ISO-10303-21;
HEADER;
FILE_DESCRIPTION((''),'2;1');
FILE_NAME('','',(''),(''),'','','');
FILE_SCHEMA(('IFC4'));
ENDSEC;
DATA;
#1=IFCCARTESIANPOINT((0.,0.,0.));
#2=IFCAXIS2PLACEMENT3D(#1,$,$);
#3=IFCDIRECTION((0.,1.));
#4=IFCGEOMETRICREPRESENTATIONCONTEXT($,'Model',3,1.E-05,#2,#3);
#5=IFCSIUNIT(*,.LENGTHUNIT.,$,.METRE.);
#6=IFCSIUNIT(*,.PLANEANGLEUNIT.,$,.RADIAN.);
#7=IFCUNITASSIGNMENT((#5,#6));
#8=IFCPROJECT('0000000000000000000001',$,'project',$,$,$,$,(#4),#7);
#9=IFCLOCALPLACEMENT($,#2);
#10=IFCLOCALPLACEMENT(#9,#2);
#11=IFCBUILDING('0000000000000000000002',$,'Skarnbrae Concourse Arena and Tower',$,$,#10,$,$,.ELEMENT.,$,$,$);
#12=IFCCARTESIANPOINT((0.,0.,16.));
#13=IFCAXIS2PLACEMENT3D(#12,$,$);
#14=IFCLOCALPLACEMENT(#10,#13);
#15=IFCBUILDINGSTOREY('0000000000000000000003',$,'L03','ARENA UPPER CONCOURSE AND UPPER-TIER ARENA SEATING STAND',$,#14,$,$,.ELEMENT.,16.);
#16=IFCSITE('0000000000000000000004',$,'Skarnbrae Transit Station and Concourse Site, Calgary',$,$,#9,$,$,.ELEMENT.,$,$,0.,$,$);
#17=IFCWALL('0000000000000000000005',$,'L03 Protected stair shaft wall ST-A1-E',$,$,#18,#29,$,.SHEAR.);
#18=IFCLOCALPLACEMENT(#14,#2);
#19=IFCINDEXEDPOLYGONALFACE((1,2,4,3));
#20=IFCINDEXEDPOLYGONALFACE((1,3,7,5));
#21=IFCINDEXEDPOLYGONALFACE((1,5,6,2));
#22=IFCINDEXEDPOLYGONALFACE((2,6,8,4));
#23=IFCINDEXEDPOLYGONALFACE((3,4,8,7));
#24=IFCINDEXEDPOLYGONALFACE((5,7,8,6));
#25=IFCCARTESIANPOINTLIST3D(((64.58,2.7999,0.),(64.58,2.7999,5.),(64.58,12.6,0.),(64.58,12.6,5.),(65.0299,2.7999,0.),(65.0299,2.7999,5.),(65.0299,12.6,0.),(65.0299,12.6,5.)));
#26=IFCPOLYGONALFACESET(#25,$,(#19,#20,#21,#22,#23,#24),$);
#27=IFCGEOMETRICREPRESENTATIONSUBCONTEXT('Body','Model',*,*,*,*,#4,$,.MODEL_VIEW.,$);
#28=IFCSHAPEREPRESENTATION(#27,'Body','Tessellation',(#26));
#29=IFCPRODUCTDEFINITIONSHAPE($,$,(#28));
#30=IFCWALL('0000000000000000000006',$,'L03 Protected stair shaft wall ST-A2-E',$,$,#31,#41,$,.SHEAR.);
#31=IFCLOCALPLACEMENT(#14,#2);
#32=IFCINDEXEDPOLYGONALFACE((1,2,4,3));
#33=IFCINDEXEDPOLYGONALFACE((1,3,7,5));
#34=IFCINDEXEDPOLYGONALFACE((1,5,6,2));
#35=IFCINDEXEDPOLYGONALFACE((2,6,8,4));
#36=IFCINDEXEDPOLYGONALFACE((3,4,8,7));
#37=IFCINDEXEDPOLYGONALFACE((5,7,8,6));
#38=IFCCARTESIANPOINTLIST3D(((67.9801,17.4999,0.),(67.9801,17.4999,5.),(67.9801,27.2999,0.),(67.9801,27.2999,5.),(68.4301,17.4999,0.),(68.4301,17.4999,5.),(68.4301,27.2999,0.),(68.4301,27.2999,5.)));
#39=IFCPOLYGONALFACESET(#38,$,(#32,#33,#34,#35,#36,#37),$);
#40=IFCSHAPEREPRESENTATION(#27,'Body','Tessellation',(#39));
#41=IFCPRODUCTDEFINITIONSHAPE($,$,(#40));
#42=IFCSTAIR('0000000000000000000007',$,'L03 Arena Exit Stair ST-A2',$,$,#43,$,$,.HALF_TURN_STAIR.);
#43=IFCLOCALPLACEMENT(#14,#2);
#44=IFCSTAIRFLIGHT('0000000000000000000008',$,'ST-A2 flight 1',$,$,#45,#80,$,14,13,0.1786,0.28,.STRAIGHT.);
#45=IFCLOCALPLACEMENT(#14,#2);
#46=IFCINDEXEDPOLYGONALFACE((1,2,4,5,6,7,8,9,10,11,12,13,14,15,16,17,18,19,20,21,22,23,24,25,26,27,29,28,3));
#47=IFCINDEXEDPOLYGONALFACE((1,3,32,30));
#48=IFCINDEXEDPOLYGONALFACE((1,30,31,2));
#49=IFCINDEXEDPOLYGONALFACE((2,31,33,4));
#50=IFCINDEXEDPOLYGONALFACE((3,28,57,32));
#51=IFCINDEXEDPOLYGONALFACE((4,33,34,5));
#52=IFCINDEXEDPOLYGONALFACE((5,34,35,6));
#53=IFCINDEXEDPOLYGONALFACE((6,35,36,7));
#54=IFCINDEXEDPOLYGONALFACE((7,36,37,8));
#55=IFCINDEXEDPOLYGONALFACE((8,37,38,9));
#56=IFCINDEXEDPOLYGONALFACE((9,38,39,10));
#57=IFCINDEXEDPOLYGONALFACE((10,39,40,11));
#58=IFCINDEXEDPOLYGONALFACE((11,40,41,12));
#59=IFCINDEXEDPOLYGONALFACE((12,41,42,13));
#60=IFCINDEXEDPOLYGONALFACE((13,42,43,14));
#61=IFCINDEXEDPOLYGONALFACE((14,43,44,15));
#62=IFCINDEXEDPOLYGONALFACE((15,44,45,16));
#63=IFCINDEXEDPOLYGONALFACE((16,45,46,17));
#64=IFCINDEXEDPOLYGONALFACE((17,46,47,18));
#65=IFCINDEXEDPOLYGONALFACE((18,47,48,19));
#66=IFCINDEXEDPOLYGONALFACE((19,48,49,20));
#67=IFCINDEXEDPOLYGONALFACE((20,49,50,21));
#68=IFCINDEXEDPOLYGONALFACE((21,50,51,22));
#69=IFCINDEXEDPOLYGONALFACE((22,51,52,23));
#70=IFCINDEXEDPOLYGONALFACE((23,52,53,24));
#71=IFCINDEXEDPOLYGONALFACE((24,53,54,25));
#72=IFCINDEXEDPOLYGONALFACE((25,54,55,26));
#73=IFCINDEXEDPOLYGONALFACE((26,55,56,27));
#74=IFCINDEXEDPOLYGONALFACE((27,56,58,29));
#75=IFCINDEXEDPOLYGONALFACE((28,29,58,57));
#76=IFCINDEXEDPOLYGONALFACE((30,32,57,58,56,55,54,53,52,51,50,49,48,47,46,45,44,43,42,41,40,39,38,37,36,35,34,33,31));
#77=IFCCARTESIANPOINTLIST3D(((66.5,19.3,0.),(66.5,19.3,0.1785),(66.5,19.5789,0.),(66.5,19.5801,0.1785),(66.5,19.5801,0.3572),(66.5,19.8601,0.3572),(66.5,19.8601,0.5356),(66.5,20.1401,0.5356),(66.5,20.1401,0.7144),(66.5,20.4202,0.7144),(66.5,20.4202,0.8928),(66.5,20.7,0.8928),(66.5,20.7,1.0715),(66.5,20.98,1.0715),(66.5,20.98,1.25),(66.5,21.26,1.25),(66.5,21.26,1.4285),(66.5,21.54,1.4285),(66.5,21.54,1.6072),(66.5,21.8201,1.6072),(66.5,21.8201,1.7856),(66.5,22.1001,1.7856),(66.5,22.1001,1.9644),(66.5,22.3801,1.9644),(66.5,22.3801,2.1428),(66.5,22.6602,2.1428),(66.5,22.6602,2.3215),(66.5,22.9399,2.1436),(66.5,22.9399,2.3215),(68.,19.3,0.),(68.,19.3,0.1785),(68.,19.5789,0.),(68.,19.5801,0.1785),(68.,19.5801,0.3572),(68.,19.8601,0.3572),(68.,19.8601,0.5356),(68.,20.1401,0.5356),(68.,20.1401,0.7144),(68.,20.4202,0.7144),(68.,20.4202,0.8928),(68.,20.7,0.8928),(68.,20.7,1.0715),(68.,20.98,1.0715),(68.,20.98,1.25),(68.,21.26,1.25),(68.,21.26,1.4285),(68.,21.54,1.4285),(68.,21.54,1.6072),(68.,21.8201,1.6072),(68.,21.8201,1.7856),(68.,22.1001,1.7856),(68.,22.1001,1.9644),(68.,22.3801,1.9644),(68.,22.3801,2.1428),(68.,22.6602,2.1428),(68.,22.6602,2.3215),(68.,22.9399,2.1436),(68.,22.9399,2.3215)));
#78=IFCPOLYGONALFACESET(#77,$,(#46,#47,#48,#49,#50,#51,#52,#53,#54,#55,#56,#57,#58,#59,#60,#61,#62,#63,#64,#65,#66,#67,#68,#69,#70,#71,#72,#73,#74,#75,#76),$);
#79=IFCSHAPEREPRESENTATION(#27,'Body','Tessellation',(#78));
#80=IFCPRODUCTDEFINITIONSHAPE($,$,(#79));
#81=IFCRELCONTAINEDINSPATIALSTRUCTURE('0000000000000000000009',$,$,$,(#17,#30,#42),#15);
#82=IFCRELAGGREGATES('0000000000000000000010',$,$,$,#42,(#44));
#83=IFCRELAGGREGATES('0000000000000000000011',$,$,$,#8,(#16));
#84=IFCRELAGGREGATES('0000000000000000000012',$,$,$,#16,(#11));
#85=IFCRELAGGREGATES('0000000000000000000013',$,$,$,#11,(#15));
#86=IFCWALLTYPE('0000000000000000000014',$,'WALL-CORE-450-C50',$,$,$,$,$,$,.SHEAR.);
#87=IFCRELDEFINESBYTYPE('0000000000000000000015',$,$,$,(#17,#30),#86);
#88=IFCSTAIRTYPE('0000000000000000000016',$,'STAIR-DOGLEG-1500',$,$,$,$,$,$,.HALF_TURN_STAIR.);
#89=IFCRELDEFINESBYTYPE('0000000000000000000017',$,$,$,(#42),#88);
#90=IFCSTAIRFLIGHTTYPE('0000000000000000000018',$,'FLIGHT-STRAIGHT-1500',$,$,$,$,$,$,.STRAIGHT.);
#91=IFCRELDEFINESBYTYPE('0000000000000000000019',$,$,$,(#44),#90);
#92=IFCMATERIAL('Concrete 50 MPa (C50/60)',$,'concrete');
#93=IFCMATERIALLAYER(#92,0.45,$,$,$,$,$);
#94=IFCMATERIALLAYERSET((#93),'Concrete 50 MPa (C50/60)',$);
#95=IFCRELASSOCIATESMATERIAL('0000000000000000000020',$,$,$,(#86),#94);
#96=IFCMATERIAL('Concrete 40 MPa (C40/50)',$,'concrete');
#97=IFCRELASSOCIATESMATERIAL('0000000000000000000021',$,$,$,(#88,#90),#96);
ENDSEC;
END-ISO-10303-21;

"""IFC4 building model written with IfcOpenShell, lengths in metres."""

from ifc_helpers import new_model, si_unit, direction, frame, frame_2d, origin, place, context, subcontext, project, spatial, polyline, rectangle, outline, extrude, source, transform, mapped, material, layer, layer_set, type_object, element, aggregate, save


model = new_model("IFC4")

# Units and contexts
model_context = context("Model", 3, precision=1e-05, world=origin(), true_north=direction((0.0, 1.0)))
body_context = subcontext(model_context, "Body", "Model", "MODEL_VIEW")
ifc_project = project(units=[si_unit("LENGTHUNIT", "METRE"), si_unit("PLANEANGLEUNIT", "RADIAN")], contexts=[model_context])

# Site, building, storey
site_placement = place(None, origin())
site = spatial("IfcSite", under=ifc_project, at=site_placement, Name="Skarnbrae Transit Station and Concourse Site, Calgary", CompositionType="ELEMENT", RefElevation=0.0)
building_placement = place(site_placement, origin())
building = spatial("IfcBuilding", under=site, at=building_placement, Name="Skarnbrae Concourse Arena and Tower", CompositionType="ELEMENT")
storey_placement = place(building_placement, frame((0.0, 0.0, 16.0)))
storey = spatial("IfcBuildingStorey", under=building, at=storey_placement, Name="L03", Description="ARENA UPPER CONCOURSE AND UPPER-TIER ARENA SEATING STAND", CompositionType="ELEMENT", Elevation=16.0)

# Walls
ifc_material_1 = material(Name="Concrete 50 MPa (C50/60)", Category="concrete")
ifc_layer_1 = layer(ifc_material_1, 0.45)
ifc_layer_set_1 = layer_set([ifc_layer_1], Name="Concrete 50 MPa (C50/60)")
wall_type = type_object("IfcWallType", Name="WALL-CORE-450-C50", PredefinedType="SHEAR", material=ifc_layer_set_1)
shared_shape_1 = source(origin(), body_context, "Body", "SweptSolid", [
    extrude(rectangle(XDim=9.8, YDim=0.45, at=frame_2d((4.8999, 0.0))), origin(), (0.0, 0.0, 1.0), 5.0),
])
for number, where, z_axis, x_axis, name in (
    (1, (64.8049, 2.8, 0.0), (0.0, 0.0, 1.0), (0.0, 1.0, 0.0), "L03 Protected stair shaft wall ST-A1-E"),
    (2, (68.2051, 17.5, 0.0), (0.0, 0.0, 1.0), (0.0, 1.0, 0.0), "L03 Protected stair shaft wall ST-A2-E"),
):
    element("IfcWall", number, at=place(storey_placement, frame(where, z_axis=z_axis, x_axis=x_axis)), inside=storey, type_object=wall_type, Name=name, PredefinedType="SHEAR", context=body_context, shape_type="MappedRepresentation", body=[
        mapped(shared_shape_1, transform((0.0, 0.0, 0.0))),
    ])

# Stair, stair flight
ifc_material_2 = material(Name="Concrete 40 MPa (C40/50)", Category="concrete")
stair_type = type_object("IfcStairType", Name="STAIR-DOGLEG-1500", PredefinedType="HALF_TURN_STAIR", material=ifc_material_2)
stair_placement = place(storey_placement, origin())
stair = element("IfcStair", 3, at=stair_placement, inside=storey, type_object=stair_type, Name="L03 Arena Exit Stair ST-A2", PredefinedType="HALF_TURN_STAIR")
stair_flight_type = type_object("IfcStairFlightType", Name="FLIGHT-STRAIGHT-1500", PredefinedType="STRAIGHT", material=ifc_material_2)
shared_shape_2 = source(origin(), body_context, "Body", "SweptSolid", [
    extrude(outline(polyline([(0.0, 0.0), (0.0, 0.1785), (0.28, 0.1785), (0.28, 0.3572), (0.5601, 0.3572), (0.5601, 0.5356), (0.8401, 0.5356), (0.8401, 0.7144), (1.1201, 0.7144), (1.1201, 0.8928), (1.3999, 0.8928), (1.3999, 1.0715), (1.6799, 1.0715), (1.6799, 1.25), (1.96, 1.25), (1.96, 1.4285), (2.24, 1.4285), (2.24, 1.6072), (2.52, 1.6072), (2.52, 1.7856), (2.8, 1.7856), (2.8, 1.9644), (3.0801, 1.9644), (3.0801, 2.1428), (3.3601, 2.1428), (3.3601, 2.3215), (3.6399, 2.3215), (3.6399, 2.5), (3.6399, 2.1436), (0.2788, 0.0), (0.0, 0.0)])), frame((0.0, 0.75, 0.0), z_axis=(0.0, -1.0, 0.0), x_axis=(1.0, 0.0, 0.0)), (0.0, 0.0, 1.0), 1.5),
])
stair_flight_placement = place(storey_placement, frame((67.25, 19.3, 0.0), z_axis=(0.0, 0.0, 1.0), x_axis=(0.0, 1.0, 0.0)))
stair_flight = element("IfcStairFlight", 4, at=stair_flight_placement, type_object=stair_flight_type, Name="ST-A2 flight 1", NumberOfRisers=14, NumberOfTreads=13, PredefinedType="STRAIGHT", RiserHeight=0.1786, TreadLength=0.28, context=body_context, shape_type="MappedRepresentation", body=[
    mapped(shared_shape_2, transform((0.0, 0.0, 0.0))),
])
aggregate(stair, [stair_flight])

save(model, "model.ifc")
